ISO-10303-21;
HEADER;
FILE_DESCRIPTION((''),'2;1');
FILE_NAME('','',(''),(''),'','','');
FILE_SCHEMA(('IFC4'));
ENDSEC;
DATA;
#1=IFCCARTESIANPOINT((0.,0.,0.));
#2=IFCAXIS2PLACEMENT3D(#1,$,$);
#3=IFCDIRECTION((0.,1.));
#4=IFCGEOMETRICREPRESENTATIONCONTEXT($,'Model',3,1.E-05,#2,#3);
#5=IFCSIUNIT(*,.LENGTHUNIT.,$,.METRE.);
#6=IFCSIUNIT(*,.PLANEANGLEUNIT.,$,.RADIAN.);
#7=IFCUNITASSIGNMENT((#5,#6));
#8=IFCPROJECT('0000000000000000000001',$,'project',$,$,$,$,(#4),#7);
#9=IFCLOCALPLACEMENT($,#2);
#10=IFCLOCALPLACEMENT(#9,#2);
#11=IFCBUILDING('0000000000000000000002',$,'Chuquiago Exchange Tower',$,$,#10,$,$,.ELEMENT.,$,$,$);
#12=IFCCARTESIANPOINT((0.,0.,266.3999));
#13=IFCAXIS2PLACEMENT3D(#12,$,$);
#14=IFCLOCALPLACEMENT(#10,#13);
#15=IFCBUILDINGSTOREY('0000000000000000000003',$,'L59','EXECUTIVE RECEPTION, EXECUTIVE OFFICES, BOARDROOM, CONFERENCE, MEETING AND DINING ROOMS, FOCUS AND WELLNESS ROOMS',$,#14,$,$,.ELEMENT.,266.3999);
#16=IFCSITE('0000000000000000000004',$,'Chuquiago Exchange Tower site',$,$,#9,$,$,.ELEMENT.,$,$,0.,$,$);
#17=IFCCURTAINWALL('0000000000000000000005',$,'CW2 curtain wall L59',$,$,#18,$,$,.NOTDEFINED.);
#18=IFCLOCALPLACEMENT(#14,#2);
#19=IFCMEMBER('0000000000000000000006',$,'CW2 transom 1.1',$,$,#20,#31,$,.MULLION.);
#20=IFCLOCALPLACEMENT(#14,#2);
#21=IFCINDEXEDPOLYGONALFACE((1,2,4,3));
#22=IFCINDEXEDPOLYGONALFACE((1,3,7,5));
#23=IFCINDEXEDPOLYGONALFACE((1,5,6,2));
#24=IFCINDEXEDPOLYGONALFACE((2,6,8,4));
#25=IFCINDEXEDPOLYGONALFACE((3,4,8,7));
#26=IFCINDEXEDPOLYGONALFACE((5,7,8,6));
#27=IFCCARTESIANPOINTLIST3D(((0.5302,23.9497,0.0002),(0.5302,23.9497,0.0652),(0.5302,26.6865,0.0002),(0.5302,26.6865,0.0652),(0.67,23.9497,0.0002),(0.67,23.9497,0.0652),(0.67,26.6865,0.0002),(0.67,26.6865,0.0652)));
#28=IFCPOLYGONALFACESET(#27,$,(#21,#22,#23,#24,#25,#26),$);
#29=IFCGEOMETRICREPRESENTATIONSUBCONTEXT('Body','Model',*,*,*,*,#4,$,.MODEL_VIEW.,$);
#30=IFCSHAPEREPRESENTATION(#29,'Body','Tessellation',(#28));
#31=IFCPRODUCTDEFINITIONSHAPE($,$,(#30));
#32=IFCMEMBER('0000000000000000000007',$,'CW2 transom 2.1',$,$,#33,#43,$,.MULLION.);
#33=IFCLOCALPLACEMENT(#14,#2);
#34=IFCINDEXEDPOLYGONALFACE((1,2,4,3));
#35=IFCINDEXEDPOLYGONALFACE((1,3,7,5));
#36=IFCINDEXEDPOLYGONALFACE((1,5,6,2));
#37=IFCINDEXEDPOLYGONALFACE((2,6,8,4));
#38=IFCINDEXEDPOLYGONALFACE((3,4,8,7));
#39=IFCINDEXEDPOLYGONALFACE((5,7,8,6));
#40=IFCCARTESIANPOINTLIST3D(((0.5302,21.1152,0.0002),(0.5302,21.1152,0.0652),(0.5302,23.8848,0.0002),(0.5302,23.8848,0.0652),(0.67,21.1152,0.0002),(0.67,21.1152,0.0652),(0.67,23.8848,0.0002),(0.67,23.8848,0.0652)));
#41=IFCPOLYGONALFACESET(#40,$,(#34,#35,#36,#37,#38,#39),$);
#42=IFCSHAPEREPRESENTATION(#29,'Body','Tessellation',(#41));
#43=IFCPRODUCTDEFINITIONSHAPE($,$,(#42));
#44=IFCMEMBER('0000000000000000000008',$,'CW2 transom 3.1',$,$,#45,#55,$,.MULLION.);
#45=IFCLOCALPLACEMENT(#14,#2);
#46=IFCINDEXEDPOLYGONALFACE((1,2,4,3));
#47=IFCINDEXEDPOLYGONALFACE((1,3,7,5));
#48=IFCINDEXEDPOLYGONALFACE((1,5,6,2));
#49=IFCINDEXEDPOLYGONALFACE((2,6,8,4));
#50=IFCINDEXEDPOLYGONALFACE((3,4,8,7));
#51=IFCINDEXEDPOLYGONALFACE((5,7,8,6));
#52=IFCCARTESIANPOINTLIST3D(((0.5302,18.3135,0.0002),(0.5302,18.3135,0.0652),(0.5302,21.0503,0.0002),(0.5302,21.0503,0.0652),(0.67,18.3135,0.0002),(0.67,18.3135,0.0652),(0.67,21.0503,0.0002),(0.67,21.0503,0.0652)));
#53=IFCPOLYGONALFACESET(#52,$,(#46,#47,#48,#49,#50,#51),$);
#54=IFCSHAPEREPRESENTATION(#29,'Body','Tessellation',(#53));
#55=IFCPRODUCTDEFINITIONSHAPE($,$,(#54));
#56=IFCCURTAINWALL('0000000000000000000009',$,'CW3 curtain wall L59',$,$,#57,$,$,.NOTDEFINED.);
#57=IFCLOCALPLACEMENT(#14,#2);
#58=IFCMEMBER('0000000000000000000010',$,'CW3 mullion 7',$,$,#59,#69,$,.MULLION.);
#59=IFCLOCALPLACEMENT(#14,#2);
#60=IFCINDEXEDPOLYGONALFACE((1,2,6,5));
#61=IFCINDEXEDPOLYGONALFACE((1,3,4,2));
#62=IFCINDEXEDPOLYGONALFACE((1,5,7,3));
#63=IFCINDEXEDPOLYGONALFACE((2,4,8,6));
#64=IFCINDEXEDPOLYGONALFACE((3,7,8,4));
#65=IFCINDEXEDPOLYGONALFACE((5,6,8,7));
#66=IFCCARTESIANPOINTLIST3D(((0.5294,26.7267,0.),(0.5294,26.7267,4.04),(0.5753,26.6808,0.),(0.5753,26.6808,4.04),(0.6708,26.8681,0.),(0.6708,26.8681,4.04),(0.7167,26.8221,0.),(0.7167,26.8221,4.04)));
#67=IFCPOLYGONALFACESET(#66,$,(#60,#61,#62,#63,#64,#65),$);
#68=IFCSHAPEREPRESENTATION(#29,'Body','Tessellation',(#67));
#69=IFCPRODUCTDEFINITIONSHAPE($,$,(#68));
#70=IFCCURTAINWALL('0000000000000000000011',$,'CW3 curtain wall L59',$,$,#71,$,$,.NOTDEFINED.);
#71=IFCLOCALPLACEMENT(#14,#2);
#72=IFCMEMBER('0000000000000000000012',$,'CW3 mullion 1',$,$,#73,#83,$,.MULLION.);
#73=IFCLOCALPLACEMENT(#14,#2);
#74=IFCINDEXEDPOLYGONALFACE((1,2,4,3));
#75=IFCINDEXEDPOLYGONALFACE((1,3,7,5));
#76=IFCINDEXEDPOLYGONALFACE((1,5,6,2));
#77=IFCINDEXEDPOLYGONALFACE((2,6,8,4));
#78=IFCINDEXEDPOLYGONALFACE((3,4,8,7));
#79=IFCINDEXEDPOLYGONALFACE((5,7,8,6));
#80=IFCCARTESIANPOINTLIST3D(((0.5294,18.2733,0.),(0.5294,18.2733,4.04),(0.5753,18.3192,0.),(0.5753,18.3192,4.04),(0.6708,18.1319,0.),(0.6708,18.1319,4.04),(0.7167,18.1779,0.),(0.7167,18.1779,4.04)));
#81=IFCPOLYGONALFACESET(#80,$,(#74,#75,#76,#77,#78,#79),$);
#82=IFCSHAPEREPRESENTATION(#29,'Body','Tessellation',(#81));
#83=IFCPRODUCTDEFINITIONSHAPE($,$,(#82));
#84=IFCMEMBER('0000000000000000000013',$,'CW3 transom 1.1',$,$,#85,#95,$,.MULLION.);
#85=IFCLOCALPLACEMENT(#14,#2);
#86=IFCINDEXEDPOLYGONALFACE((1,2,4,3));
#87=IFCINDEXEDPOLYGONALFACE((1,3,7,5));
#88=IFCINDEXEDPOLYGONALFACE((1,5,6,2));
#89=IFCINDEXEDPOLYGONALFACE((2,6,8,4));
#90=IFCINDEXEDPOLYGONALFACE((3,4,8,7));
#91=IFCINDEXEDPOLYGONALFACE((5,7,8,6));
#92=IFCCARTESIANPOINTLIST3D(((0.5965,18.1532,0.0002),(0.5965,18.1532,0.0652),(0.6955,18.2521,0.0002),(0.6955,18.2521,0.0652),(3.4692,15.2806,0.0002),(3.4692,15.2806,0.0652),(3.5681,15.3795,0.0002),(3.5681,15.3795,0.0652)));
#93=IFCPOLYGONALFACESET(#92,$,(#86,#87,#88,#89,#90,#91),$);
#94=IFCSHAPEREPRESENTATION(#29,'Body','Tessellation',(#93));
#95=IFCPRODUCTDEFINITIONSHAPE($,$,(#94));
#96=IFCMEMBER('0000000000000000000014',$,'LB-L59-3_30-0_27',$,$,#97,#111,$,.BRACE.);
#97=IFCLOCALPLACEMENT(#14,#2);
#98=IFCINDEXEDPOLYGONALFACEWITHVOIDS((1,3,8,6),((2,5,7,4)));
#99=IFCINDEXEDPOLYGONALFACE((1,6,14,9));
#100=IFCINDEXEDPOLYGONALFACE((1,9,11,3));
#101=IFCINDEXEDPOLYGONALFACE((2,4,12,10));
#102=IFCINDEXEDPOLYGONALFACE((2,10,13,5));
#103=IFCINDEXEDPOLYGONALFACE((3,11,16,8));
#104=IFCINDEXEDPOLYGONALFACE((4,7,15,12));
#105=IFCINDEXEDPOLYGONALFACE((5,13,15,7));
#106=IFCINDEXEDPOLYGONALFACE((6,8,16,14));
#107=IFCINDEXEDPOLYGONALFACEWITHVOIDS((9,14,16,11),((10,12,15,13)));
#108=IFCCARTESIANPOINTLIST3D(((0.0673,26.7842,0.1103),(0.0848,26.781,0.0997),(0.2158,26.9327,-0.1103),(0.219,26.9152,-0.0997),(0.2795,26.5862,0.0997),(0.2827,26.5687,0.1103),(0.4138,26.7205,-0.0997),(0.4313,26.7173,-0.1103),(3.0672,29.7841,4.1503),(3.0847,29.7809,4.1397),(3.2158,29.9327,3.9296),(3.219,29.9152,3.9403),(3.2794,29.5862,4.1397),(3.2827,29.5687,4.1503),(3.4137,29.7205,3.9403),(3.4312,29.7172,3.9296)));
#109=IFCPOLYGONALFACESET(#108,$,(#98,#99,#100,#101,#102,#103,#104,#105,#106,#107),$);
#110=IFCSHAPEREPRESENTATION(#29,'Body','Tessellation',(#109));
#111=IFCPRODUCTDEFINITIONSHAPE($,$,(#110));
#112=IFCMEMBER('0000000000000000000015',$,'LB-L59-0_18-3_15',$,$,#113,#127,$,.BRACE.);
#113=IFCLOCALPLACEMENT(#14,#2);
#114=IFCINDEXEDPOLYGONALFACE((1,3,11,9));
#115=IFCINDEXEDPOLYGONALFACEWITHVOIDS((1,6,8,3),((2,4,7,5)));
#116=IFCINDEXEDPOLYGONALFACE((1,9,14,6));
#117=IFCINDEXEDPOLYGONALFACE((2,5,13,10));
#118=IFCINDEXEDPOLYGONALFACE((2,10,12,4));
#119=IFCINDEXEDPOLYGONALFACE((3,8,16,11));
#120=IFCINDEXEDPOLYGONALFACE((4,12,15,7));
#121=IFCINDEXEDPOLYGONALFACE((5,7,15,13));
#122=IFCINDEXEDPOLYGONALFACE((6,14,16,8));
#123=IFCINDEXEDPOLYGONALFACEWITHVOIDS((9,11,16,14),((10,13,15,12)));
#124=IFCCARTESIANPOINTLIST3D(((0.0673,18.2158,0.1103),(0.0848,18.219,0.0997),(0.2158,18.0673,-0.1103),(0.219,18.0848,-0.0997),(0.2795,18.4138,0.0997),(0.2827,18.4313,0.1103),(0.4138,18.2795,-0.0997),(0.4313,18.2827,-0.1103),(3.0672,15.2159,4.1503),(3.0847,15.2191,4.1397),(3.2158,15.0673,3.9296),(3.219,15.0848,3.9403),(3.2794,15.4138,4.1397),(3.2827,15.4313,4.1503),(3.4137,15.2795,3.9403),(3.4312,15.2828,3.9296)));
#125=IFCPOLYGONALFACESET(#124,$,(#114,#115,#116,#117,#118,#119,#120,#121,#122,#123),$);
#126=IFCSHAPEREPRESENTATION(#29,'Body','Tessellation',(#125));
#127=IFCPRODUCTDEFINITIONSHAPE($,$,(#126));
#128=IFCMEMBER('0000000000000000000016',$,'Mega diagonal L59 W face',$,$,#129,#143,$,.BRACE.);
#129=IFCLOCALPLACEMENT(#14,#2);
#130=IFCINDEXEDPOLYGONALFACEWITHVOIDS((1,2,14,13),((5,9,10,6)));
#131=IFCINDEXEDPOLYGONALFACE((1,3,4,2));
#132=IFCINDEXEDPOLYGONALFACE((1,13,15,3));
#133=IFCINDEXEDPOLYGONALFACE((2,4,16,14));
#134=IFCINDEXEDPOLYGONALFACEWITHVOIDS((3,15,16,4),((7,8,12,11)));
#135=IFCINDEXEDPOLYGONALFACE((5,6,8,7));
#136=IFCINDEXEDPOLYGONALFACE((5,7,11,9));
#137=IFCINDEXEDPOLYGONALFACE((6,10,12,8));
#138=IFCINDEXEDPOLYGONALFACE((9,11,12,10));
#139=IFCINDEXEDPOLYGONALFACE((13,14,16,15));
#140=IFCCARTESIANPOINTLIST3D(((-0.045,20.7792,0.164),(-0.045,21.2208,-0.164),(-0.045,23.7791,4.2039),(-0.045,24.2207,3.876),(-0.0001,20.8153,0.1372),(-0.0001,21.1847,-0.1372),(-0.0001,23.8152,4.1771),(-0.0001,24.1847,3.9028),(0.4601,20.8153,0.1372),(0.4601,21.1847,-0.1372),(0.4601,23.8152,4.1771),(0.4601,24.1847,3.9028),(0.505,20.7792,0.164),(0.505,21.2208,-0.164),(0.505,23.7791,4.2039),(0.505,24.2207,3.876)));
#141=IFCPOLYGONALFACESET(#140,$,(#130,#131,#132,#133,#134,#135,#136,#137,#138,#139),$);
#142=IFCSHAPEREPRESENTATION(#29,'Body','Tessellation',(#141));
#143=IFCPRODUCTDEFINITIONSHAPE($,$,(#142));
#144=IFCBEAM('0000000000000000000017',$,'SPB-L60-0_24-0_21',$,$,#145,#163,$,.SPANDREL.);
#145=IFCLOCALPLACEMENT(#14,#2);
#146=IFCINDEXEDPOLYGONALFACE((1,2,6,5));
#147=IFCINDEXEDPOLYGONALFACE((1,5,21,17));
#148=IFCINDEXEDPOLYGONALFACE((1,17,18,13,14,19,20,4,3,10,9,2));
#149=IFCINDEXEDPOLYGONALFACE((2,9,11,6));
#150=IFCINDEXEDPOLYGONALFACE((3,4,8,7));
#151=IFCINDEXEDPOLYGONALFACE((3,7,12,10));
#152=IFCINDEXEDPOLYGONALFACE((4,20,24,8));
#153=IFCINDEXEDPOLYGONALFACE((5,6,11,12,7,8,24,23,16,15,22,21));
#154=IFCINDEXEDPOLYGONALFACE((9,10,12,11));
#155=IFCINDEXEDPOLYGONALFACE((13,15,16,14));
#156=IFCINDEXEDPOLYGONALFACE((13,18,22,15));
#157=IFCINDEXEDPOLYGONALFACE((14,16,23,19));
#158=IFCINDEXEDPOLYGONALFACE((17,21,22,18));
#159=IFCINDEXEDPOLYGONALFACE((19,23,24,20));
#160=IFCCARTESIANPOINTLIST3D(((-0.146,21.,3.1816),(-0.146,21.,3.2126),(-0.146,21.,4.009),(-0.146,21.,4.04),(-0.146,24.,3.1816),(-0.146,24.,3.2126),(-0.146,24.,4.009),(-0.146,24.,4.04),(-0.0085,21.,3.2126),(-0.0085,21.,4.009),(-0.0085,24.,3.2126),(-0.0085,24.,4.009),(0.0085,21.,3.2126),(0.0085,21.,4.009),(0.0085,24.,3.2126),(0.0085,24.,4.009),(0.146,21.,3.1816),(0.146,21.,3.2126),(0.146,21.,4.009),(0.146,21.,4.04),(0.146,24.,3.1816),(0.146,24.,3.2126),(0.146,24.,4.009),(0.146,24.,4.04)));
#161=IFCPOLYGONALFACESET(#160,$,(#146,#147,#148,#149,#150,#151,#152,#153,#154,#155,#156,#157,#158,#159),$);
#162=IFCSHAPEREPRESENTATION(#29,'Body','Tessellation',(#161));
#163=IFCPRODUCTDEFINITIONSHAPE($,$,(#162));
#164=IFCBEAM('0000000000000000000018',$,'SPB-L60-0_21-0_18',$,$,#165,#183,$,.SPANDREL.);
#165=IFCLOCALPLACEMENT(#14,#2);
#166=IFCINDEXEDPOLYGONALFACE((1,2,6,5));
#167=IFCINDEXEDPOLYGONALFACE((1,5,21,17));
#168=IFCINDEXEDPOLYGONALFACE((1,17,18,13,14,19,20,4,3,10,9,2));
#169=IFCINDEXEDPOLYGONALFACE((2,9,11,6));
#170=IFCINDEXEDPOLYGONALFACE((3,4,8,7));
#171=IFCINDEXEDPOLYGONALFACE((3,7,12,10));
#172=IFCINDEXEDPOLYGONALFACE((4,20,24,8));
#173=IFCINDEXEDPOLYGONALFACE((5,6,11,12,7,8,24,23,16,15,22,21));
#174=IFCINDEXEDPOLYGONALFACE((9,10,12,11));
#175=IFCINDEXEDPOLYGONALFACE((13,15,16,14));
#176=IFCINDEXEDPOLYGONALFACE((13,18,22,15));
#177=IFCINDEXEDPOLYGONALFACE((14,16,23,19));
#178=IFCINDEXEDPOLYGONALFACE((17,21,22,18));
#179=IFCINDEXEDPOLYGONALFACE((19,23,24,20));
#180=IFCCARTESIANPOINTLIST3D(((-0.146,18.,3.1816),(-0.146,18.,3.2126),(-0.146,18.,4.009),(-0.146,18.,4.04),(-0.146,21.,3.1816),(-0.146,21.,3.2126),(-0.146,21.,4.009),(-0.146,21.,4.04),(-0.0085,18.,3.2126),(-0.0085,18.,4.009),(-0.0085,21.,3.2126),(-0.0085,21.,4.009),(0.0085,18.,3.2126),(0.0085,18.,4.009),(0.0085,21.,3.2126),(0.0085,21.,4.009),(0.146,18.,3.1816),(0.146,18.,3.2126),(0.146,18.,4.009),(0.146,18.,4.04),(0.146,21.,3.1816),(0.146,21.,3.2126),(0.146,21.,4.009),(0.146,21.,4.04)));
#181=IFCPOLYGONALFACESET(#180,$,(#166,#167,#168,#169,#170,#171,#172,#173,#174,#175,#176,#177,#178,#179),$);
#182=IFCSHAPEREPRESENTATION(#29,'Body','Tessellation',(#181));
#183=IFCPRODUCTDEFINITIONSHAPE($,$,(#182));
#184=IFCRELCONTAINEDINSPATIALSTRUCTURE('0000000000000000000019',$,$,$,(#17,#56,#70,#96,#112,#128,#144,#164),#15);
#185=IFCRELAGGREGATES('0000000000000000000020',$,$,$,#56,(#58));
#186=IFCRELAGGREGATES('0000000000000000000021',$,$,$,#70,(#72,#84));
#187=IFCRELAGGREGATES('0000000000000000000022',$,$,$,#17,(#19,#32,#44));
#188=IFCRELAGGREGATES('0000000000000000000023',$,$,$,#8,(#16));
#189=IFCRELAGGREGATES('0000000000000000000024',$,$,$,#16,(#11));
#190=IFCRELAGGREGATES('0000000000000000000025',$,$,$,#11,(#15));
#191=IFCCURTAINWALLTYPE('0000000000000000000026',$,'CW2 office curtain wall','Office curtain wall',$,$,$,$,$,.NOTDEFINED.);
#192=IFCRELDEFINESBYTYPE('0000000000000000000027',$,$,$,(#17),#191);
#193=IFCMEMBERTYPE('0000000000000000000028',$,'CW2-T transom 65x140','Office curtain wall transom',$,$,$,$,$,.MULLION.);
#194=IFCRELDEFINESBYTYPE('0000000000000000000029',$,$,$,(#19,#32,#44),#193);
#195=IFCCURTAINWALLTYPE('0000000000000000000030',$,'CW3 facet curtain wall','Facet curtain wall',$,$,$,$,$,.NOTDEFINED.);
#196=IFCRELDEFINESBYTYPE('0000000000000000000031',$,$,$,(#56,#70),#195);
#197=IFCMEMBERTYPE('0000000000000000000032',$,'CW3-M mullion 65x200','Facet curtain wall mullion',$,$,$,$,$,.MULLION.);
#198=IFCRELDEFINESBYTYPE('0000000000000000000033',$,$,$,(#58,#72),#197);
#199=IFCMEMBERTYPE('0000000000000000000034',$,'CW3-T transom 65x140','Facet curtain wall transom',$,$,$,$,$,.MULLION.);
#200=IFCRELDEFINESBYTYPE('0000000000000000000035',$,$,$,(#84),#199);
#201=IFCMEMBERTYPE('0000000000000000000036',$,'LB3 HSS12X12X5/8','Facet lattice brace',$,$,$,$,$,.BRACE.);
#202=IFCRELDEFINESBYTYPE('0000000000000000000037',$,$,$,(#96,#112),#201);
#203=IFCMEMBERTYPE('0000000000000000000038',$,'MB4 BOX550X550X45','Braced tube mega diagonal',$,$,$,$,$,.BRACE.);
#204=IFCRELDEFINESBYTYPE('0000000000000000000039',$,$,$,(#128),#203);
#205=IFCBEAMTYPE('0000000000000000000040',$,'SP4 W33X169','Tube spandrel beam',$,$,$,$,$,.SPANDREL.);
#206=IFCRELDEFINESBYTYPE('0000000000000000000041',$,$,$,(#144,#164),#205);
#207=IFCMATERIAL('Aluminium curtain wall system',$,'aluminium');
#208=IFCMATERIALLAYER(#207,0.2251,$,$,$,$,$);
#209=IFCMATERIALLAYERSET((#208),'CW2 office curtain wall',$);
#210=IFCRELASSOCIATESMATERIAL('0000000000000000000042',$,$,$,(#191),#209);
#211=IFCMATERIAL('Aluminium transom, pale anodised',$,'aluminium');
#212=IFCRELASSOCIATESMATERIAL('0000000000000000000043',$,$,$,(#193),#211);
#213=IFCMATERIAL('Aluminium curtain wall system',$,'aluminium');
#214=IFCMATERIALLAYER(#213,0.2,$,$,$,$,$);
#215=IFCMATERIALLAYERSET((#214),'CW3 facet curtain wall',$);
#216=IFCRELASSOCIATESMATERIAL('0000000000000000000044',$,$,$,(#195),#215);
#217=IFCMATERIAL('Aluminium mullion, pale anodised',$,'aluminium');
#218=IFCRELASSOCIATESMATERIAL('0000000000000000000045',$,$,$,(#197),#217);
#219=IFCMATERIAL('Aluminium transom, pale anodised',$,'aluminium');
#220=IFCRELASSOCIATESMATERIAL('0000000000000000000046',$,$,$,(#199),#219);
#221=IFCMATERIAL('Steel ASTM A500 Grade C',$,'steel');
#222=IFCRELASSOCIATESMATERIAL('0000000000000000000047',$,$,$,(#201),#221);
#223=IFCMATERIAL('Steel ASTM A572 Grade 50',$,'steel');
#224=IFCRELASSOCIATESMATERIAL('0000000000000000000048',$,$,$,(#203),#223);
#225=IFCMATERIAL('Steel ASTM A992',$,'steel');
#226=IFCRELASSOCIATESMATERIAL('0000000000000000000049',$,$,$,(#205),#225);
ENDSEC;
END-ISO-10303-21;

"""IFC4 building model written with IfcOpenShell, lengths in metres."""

from ifc_helpers import new_model, si_unit, direction, frame, origin, origin_2d, place, context, subcontext, project, spatial, rectangle, hollow_rectangle, i_section, extrude, material, layer, layer_set, material_profile, profile_set, type_object, element, aggregate, save


model = new_model("IFC4")

# Units and contexts
model_context = context("Model", 3, precision=1e-05, world=origin(), true_north=direction((0.0, 1.0)))
body_context = subcontext(model_context, "Body", "Model", "MODEL_VIEW")
ifc_project = project(units=[si_unit("LENGTHUNIT", "METRE"), si_unit("PLANEANGLEUNIT", "RADIAN")], contexts=[model_context])

# Site, building, storey
site_placement = place(None, origin())
site = spatial("IfcSite", under=ifc_project, at=site_placement, Name="Chuquiago Exchange Tower site", CompositionType="ELEMENT", RefElevation=0.0)
building_placement = place(site_placement, origin())
building = spatial("IfcBuilding", under=site, at=building_placement, Name="Chuquiago Exchange Tower", CompositionType="ELEMENT")
storey_placement = place(building_placement, frame((0.0, 0.0, 266.3999)))
storey = spatial("IfcBuildingStorey", under=building, at=storey_placement, Name="L59", Description="EXECUTIVE RECEPTION, EXECUTIVE OFFICES, BOARDROOM, CONFERENCE, MEETING AND DINING ROOMS, FOCUS AND WELLNESS ROOMS", CompositionType="ELEMENT", Elevation=266.3999)

# Curtain wall, members
ifc_material_1 = material(Name="Aluminium curtain wall system", Category="aluminium")
ifc_layer_1 = layer(ifc_material_1, 0.2251)
ifc_layer_set_1 = layer_set([ifc_layer_1], Name="CW2 office curtain wall")
curtain_wall_type_1 = type_object("IfcCurtainWallType", Name="CW2 office curtain wall", Description="Office curtain wall", PredefinedType="NOTDEFINED", material=ifc_layer_set_1)
curtain_wall_1_placement = place(storey_placement, origin())
curtain_wall_1 = element("IfcCurtainWall", 1, at=curtain_wall_1_placement, inside=storey, type_object=curtain_wall_type_1, Name="CW2 curtain wall L59", PredefinedType="NOTDEFINED")
ifc_material_2 = material(Name="Aluminium transom, pale anodised", Category="aluminium")
ifc_material_profile_1 = material_profile(ifc_material_2, rectangle(XDim=0.1399, YDim=0.0649, at=origin_2d()), Name="AL 140x65")
ifc_profile_set_1 = profile_set([ifc_material_profile_1], Name="Aluminium transom, pale anodised")
member_type_1 = type_object("IfcMemberType", Name="CW2-T transom 65x140", Description="Office curtain wall transom", PredefinedType="MULLION", material=ifc_profile_set_1)
member_1_placement = place(storey_placement, frame((0.6001, 26.6865, 0.0327), z_axis=(0.0, -1.0, 0.0), x_axis=(1.0, 0.0, 0.0)))
member_1 = element("IfcMember", 2, at=member_1_placement, type_object=member_type_1, Name="CW2 transom 1.1", PredefinedType="MULLION", context=body_context, shape_type="SweptSolid", body=[
    extrude(rectangle(XDim=0.1399, YDim=0.0649, at=origin_2d()), origin(), (0.0, 0.0, 1.0), 2.7368),
])
member_2_placement = place(storey_placement, frame((0.6001, 23.8848, 0.0327), z_axis=(0.0, -1.0, 0.0), x_axis=(1.0, 0.0, 0.0)))
member_2 = element("IfcMember", 3, at=member_2_placement, type_object=member_type_1, Name="CW2 transom 2.1", PredefinedType="MULLION", context=body_context, shape_type="SweptSolid", body=[
    extrude(rectangle(XDim=0.1399, YDim=0.0649, at=origin_2d()), origin(), (0.0, 0.0, 1.0), 2.7695),
])
member_3_placement = place(storey_placement, frame((0.6001, 21.0503, 0.0327), z_axis=(0.0, -1.0, 0.0), x_axis=(1.0, 0.0, 0.0)))
member_3 = element("IfcMember", 4, at=member_3_placement, type_object=member_type_1, Name="CW2 transom 3.1", PredefinedType="MULLION", context=body_context, shape_type="SweptSolid", body=[
    extrude(rectangle(XDim=0.1399, YDim=0.0649, at=origin_2d()), origin(), (0.0, 0.0, 1.0), 2.7368),
])

# Curtain wall, member
ifc_material_3 = material(Name="Aluminium curtain wall system", Category="aluminium")
ifc_layer_2 = layer(ifc_material_3, 0.2)
ifc_layer_set_2 = layer_set([ifc_layer_2], Name="CW3 facet curtain wall")
curtain_wall_type_2 = type_object("IfcCurtainWallType", Name="CW3 facet curtain wall", Description="Facet curtain wall", PredefinedType="NOTDEFINED", material=ifc_layer_set_2)
curtain_wall_2_placement = place(storey_placement, origin())
curtain_wall_2 = element("IfcCurtainWall", 5, at=curtain_wall_2_placement, inside=storey, type_object=curtain_wall_type_2, Name="CW3 curtain wall L59", PredefinedType="NOTDEFINED")
ifc_material_4 = material(Name="Aluminium mullion, pale anodised", Category="aluminium")
ifc_material_profile_2 = material_profile(ifc_material_4, rectangle(XDim=0.0649, YDim=0.2, at=origin_2d()), Name="AL 65x200")
ifc_profile_set_2 = profile_set([ifc_material_profile_2], Name="Aluminium mullion, pale anodised")
member_type_2 = type_object("IfcMemberType", Name="CW3-M mullion 65x200", Description="Facet curtain wall mullion", PredefinedType="MULLION", material=ifc_profile_set_2)
member_4_placement = place(storey_placement, frame((0.623, 26.7744, 0.0), z_axis=(0.0, 0.0, 1.0), x_axis=(0.707107, -0.707107, 0.0)))
member_4 = element("IfcMember", 6, at=member_4_placement, type_object=member_type_2, Name="CW3 mullion 7", PredefinedType="MULLION", context=body_context, shape_type="SweptSolid", body=[
    extrude(rectangle(XDim=0.0649, YDim=0.2, at=origin_2d()), origin(), (0.0, 0.0, 1.0), 4.04),
])
aggregate(curtain_wall_2, [member_4])

# Curtain wall, members
curtain_wall_3_placement = place(storey_placement, origin())
curtain_wall_3 = element("IfcCurtainWall", 7, at=curtain_wall_3_placement, inside=storey, type_object=curtain_wall_type_2, Name="CW3 curtain wall L59", PredefinedType="NOTDEFINED")
member_5_placement = place(storey_placement, frame((0.623, 18.2256, 0.0), z_axis=(0.0, 0.0, 1.0), x_axis=(0.707107, 0.707107, 0.0)))
member_5 = element("IfcMember", 8, at=member_5_placement, type_object=member_type_2, Name="CW3 mullion 1", PredefinedType="MULLION", context=body_context, shape_type="SweptSolid", body=[
    extrude(rectangle(XDim=0.0649, YDim=0.2, at=origin_2d()), origin(), (0.0, 0.0, 1.0), 4.04),
])
ifc_material_5 = material(Name="Aluminium transom, pale anodised", Category="aluminium")
ifc_material_profile_3 = material_profile(ifc_material_5, rectangle(XDim=0.1399, YDim=0.0649, at=origin_2d()), Name="AL 140x65")
ifc_profile_set_3 = profile_set([ifc_material_profile_3], Name="Aluminium transom, pale anodised")
member_type_3 = type_object("IfcMemberType", Name="CW3-T transom 65x140", Description="Facet curtain wall transom", PredefinedType="MULLION", material=ifc_profile_set_3)
member_6_placement = place(storey_placement, frame((0.646, 18.2026, 0.0327), z_axis=(0.707107, -0.707107, 0.0), x_axis=(0.707107, 0.707107, 0.0)))
member_6 = element("IfcMember", 9, at=member_6_placement, type_object=member_type_3, Name="CW3 transom 1.1", PredefinedType="MULLION", context=body_context, shape_type="SweptSolid", body=[
    extrude(rectangle(XDim=0.1399, YDim=0.0649, at=origin_2d()), origin(), (0.0, 0.0, 1.0), 4.0625),
])
aggregate(curtain_wall_3, [member_5, member_6])

# Members
ifc_material_6 = material(Name="Steel ASTM A500 Grade C", Category="steel")
ifc_material_profile_4 = material_profile(ifc_material_6, hollow_rectangle(XDim=0.3047, YDim=0.3047, WallThickness=0.0146, at=origin_2d()), Name="HSS12X12X5/8")
ifc_profile_set_4 = profile_set([ifc_material_profile_4], Name="Steel ASTM A500 Grade C")
member_type_4 = type_object("IfcMemberType", Name="LB3 HSS12X12X5/8", Description="Facet lattice brace", PredefinedType="BRACE", material=ifc_profile_set_4)
for number, where, z_axis, x_axis, name in (
    (10, (0.2493, 26.7507, 0.0), (0.512077, 0.512077, 0.689604), (-0.707107, 0.707107, 0.0), "LB-L59-3_30-0_27"),
    (11, (0.2493, 18.2493, 0.0), (0.512077, -0.512077, 0.689604), (0.707107, 0.707107, 0.0), "LB-L59-0_18-3_15"),
):
    element("IfcMember", number, at=place(storey_placement, frame(where, z_axis=z_axis, x_axis=x_axis)), inside=storey, type_object=member_type_4, Name=name, PredefinedType="BRACE", context=body_context, shape_type="SweptSolid", body=[
        extrude(hollow_rectangle(XDim=0.3047, YDim=0.3047, WallThickness=0.0146, at=origin_2d()), origin(), (0.0, 0.0, 1.0), 5.8584),
    ])
ifc_material_7 = material(Name="Steel ASTM A572 Grade 50", Category="steel")
ifc_material_profile_5 = material_profile(ifc_material_7, hollow_rectangle(XDim=0.55, YDim=0.55, WallThickness=0.0449, at=origin_2d()), Name="BOX550X550X45")
ifc_profile_set_5 = profile_set([ifc_material_profile_5], Name="Steel ASTM A572 Grade 50")
member_type_5 = type_object("IfcMemberType", Name="MB4 BOX550X550X45", Description="Braced tube mega diagonal", PredefinedType="BRACE", material=ifc_profile_set_5)
member_7_placement = place(storey_placement, frame((0.23, 21.0, 0.0), z_axis=(0.0, 0.596174, 0.802855), x_axis=(-1.0, 0.0, 0.0)))
element("IfcMember", 12, at=member_7_placement, inside=storey, type_object=member_type_5, Name="Mega diagonal L59 W face", PredefinedType="BRACE", context=body_context, shape_type="SweptSolid", body=[
    extrude(hollow_rectangle(XDim=0.55, YDim=0.55, WallThickness=0.0449, at=origin_2d()), origin(), (0.0, 0.0, 1.0), 5.032),
])

# Beams
ifc_material_8 = material(Name="Steel ASTM A992", Category="steel")
ifc_material_profile_6 = material_profile(ifc_material_8, i_section(OverallWidth=0.292, OverallDepth=0.8584, WebThickness=0.0171, FlangeThickness=0.031, at=origin_2d()), Name="W33X169")
ifc_profile_set_6 = profile_set([ifc_material_profile_6], Name="Steel ASTM A992")
beam_type_1 = type_object("IfcBeamType", Name="SP4 W33X169", Description="Tube spandrel beam", PredefinedType="SPANDREL", material=ifc_profile_set_6)
for number, where, z_axis, x_axis, name in (
    (13, (0.0, 24.0, 3.6108), (0.0, -1.0, 0.0), (1.0, 0.0, 0.0), "SPB-L60-0_24-0_21"),
    (14, (0.0, 21.0, 3.6108), (0.0, -1.0, 0.0), (1.0, 0.0, 0.0), "SPB-L60-0_21-0_18"),
):
    element("IfcBeam", number, at=place(storey_placement, frame(where, z_axis=z_axis, x_axis=x_axis)), inside=storey, type_object=beam_type_1, Name=name, PredefinedType="SPANDREL", context=body_context, shape_type="SweptSolid", body=[
        extrude(i_section(OverallWidth=0.292, OverallDepth=0.8584, WebThickness=0.0171, FlangeThickness=0.031, at=origin_2d()), origin(), (0.0, 0.0, 1.0), 3.0),
    ])

aggregate(curtain_wall_1, [member_1, member_2, member_3])

save(model, "model.ifc")
